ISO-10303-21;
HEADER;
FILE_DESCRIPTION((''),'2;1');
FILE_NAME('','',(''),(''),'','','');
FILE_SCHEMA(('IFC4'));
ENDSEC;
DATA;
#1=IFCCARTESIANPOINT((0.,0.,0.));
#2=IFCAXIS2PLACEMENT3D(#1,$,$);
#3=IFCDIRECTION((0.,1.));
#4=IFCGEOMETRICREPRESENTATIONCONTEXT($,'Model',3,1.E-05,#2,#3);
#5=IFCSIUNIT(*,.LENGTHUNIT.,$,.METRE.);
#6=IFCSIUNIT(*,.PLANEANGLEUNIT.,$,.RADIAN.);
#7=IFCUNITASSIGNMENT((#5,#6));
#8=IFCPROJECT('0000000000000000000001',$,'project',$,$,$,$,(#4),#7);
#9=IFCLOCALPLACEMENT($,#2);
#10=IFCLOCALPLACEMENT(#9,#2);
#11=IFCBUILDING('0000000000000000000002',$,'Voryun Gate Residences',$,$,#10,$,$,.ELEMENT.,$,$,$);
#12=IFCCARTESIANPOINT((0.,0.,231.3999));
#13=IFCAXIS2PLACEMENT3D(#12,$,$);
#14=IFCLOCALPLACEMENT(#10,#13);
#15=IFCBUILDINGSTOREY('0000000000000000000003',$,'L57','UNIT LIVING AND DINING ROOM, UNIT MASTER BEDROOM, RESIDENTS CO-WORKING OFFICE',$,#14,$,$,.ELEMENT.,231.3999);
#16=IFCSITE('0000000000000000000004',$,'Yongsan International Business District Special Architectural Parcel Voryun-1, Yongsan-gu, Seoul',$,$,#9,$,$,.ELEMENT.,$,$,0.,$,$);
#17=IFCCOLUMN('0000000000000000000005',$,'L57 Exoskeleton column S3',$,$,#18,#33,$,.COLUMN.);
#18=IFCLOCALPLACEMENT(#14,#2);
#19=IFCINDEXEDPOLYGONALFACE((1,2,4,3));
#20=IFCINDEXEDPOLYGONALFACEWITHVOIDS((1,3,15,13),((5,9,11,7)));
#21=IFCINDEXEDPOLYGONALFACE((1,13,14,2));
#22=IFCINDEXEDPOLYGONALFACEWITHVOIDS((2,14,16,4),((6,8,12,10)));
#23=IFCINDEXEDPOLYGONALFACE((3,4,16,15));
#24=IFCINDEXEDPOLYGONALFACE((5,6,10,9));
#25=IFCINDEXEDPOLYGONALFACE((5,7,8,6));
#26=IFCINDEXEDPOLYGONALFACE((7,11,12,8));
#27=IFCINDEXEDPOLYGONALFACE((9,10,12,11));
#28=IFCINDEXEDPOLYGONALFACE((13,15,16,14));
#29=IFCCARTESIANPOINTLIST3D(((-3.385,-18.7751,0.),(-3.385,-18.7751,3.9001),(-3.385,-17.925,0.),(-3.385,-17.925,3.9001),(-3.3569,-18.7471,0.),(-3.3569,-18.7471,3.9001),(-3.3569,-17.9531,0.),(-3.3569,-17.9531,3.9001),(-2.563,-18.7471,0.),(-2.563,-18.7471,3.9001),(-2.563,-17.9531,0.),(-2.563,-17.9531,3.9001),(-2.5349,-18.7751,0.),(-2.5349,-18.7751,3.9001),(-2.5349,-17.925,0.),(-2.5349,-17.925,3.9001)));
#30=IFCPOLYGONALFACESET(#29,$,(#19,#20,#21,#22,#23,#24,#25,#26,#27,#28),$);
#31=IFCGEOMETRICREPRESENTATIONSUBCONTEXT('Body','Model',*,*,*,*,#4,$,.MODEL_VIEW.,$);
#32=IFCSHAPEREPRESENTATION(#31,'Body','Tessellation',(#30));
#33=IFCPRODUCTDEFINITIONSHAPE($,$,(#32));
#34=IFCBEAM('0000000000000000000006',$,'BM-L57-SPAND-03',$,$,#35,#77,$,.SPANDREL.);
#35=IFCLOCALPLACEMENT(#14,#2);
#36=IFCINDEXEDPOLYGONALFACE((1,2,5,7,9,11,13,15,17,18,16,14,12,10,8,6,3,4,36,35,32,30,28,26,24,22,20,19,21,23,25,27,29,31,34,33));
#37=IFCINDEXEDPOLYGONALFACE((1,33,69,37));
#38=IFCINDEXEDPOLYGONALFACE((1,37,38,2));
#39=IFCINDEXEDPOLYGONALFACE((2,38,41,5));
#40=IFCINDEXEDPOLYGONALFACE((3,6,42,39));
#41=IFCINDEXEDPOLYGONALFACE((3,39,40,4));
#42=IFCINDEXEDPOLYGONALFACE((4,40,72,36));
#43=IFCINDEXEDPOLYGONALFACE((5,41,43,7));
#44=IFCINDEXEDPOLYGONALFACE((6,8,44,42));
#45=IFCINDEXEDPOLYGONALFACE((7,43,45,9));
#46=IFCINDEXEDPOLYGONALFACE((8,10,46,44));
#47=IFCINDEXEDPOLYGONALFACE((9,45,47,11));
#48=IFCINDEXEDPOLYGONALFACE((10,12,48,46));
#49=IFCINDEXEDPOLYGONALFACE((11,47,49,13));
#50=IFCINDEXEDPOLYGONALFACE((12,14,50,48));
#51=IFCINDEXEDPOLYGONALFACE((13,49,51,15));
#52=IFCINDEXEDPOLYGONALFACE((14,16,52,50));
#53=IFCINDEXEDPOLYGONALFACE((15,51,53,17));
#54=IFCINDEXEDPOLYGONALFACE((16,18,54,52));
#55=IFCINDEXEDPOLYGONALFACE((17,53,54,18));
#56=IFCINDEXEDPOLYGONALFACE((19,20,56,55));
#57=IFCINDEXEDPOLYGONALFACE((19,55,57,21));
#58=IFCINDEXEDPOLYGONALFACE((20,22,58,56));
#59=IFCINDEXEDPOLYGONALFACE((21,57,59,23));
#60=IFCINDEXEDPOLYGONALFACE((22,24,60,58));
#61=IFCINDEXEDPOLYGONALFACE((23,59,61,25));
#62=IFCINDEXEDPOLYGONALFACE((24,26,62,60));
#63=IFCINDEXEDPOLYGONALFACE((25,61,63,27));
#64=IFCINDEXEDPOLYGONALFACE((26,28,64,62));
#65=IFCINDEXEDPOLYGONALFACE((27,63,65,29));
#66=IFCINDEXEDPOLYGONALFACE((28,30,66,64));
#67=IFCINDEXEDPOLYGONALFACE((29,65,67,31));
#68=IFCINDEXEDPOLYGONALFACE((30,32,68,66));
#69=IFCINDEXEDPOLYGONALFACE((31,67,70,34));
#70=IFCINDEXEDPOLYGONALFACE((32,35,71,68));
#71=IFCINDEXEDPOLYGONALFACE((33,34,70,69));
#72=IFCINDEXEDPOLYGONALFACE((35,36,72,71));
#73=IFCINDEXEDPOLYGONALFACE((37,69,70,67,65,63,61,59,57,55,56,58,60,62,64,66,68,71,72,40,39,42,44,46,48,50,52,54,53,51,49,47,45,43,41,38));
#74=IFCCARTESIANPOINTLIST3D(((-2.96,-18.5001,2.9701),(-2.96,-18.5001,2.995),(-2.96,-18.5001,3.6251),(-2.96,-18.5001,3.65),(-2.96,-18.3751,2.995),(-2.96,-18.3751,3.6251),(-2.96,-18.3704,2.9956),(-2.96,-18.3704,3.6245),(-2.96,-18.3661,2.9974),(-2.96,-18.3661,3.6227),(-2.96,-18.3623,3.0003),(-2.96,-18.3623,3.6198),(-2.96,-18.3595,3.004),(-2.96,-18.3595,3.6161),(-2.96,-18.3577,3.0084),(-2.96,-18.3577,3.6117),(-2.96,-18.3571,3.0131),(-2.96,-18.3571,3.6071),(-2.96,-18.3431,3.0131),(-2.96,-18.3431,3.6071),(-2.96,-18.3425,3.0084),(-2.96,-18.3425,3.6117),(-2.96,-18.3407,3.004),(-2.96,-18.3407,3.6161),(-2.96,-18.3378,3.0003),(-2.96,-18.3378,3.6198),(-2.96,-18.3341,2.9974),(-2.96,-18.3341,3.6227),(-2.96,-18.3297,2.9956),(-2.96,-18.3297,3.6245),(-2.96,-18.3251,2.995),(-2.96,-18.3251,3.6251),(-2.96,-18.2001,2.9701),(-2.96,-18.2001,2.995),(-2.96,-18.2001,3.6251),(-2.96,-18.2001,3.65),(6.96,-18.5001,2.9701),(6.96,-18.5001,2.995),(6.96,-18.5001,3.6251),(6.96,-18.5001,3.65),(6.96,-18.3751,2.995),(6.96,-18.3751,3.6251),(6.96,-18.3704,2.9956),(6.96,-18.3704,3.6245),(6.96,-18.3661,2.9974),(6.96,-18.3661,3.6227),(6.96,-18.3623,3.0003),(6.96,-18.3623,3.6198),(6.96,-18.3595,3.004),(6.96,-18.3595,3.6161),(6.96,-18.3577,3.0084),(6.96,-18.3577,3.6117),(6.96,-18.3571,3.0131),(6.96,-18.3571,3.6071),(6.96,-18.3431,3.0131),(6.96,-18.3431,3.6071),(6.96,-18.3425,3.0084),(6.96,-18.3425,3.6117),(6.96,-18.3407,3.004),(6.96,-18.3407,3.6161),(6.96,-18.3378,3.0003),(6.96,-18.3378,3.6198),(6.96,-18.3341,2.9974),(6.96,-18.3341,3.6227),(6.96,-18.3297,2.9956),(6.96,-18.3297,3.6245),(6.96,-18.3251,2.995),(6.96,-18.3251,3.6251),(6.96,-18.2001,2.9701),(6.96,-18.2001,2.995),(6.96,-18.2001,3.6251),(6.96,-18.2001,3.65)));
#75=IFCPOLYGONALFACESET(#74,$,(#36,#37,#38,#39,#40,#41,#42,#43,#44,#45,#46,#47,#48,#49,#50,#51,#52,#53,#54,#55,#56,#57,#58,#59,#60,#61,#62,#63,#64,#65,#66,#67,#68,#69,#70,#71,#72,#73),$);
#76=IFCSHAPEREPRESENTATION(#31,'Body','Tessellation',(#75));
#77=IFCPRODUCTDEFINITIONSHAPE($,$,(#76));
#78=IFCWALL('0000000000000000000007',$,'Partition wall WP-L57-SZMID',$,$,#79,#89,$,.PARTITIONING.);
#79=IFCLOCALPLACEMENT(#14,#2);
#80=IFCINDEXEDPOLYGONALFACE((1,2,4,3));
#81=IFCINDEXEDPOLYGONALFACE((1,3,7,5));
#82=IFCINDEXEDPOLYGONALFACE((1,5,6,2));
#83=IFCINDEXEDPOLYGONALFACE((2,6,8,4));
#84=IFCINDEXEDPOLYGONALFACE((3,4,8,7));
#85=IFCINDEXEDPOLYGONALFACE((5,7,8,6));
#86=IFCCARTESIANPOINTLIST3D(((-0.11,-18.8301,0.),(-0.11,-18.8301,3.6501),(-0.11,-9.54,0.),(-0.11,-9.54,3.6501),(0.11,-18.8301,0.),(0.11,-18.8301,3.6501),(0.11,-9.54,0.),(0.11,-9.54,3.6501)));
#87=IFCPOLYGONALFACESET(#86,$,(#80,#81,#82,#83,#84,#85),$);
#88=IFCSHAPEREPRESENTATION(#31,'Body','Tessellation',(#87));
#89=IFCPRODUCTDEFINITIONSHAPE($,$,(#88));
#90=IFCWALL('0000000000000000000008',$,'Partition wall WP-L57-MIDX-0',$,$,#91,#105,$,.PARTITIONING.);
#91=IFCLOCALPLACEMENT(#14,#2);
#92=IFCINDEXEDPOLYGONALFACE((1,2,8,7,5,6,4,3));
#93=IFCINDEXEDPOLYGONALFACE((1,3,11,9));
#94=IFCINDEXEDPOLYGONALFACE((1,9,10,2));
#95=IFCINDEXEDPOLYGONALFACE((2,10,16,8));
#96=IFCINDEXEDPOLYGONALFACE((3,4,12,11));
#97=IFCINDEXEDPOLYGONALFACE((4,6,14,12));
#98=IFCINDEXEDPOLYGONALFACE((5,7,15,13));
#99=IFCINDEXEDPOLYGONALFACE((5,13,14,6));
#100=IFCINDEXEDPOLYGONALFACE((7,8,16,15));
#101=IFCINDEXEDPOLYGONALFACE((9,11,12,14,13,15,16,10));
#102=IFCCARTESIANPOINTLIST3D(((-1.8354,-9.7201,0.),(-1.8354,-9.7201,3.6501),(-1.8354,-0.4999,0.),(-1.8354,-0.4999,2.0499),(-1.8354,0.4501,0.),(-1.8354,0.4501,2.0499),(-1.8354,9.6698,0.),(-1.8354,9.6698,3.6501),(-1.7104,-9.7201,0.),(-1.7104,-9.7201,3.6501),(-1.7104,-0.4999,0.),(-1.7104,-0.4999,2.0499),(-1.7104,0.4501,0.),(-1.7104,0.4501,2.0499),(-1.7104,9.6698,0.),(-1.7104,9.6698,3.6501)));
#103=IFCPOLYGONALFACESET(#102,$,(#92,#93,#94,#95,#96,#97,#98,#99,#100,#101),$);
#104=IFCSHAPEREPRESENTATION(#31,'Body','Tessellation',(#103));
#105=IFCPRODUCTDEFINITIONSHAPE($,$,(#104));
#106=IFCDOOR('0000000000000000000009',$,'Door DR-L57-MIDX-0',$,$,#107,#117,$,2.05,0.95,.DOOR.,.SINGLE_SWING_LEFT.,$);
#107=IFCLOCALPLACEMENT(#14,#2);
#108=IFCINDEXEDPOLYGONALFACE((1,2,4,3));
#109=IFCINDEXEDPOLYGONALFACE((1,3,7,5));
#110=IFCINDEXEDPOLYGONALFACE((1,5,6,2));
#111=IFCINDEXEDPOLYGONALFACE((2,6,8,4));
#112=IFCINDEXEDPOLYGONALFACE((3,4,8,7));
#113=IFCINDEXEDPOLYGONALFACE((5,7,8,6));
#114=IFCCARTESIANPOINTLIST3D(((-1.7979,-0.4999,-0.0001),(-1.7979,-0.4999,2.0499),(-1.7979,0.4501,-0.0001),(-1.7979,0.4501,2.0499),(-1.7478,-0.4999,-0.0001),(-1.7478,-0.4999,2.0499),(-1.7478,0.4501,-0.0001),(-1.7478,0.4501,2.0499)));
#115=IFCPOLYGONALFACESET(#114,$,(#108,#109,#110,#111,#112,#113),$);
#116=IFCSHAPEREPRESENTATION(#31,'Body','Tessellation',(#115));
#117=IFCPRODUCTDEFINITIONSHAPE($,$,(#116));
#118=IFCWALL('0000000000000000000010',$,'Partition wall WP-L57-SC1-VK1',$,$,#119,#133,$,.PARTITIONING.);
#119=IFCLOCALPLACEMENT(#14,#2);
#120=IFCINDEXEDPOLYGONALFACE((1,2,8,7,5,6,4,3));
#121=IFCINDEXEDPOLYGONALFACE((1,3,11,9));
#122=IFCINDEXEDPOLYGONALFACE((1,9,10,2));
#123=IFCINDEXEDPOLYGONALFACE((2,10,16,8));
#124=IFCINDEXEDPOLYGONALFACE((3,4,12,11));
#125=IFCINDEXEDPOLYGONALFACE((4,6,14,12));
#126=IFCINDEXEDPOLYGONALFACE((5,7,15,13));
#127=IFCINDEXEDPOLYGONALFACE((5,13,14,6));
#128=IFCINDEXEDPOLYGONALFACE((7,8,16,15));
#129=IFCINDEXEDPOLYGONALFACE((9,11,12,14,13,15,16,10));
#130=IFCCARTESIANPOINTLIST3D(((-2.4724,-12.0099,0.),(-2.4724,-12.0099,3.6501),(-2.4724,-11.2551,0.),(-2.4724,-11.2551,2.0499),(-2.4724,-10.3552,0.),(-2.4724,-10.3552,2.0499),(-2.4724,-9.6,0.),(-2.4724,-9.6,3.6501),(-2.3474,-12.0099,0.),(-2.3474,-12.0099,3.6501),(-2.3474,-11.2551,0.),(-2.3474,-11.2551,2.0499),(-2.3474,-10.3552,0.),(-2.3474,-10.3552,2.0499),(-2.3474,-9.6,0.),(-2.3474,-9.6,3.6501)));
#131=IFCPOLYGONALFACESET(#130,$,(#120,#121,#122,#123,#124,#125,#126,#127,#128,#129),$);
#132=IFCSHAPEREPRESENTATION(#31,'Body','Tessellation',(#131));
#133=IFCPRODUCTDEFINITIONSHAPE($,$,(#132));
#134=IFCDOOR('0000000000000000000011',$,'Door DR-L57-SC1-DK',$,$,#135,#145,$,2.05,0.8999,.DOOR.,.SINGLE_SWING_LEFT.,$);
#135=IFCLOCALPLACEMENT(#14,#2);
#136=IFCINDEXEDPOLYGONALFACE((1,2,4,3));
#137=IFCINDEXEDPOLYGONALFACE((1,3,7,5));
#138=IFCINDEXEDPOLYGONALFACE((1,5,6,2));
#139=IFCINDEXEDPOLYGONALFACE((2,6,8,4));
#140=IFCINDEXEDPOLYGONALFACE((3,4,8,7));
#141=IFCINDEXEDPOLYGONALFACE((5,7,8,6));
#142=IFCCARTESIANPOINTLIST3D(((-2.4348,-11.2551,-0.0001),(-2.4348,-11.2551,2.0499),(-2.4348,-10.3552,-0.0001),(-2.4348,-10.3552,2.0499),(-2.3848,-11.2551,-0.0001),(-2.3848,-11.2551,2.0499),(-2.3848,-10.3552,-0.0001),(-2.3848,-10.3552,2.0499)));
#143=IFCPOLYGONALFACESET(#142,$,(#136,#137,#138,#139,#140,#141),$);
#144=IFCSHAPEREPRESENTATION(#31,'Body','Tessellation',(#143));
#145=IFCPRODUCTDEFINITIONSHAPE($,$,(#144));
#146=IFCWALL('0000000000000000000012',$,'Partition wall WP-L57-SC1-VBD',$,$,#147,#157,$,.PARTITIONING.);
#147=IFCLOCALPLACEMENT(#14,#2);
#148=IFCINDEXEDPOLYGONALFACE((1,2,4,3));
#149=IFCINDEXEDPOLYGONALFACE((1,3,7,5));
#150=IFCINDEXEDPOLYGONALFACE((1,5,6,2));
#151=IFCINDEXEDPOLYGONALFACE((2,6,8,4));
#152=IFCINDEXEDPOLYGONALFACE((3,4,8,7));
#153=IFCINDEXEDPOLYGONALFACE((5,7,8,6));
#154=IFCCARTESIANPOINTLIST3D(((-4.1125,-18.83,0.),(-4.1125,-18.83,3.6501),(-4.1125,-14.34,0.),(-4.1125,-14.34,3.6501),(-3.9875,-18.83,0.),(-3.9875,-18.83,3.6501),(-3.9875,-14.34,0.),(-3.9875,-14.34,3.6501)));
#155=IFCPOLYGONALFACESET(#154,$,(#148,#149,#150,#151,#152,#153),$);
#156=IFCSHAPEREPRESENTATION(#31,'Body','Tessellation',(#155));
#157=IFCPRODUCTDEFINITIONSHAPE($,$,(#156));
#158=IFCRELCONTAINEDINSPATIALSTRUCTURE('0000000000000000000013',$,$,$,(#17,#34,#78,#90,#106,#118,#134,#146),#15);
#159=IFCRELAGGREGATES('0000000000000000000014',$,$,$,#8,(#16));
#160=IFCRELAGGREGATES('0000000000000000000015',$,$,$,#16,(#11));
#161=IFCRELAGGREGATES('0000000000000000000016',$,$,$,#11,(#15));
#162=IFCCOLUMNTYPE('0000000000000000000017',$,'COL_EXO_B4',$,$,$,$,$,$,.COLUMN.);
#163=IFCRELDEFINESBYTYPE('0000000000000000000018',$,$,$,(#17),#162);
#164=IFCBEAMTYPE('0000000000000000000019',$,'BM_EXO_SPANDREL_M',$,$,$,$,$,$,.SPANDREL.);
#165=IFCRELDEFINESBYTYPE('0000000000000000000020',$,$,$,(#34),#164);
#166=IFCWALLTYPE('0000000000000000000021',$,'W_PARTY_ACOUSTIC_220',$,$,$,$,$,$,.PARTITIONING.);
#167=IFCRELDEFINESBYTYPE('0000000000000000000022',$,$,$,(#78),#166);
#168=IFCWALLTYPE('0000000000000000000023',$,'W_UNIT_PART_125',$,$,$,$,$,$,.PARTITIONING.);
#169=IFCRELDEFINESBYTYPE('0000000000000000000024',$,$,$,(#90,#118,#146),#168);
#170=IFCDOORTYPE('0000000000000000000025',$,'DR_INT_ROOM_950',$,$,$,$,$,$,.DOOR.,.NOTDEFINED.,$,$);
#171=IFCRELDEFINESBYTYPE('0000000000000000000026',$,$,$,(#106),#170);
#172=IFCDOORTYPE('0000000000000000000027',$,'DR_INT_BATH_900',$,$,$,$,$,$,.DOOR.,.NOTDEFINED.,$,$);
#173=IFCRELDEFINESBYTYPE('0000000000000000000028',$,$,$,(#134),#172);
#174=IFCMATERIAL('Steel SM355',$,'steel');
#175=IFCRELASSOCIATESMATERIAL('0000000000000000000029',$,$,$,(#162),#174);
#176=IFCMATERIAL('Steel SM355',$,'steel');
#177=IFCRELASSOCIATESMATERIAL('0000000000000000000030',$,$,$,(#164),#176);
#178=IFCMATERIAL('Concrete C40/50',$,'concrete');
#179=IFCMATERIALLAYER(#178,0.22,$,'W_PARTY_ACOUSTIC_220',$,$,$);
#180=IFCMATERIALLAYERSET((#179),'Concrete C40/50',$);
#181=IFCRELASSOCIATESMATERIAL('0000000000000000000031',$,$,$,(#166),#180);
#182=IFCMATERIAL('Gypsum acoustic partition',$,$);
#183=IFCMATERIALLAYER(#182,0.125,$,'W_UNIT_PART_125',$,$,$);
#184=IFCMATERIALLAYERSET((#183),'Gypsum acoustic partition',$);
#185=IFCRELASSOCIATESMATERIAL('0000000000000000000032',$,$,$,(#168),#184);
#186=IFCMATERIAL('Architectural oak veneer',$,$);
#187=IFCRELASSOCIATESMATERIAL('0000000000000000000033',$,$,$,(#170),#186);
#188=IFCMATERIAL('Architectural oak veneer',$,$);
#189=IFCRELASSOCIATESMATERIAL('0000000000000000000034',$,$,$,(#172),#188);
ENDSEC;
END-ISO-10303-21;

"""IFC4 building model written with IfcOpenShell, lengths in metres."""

from ifc_helpers import new_model, si_unit, direction, frame, frame_2d, origin, origin_2d, place, context, subcontext, project, spatial, rectangle, hollow_rectangle, i_section, extrude, material, layer, layer_set, material_profile, profile_set, type_object, element, fill, save


model = new_model("IFC4")

# Units and contexts
model_context = context("Model", 3, precision=1e-05, world=origin(), true_north=direction((0.0, 1.0)))
body_context = subcontext(model_context, "Body", "Model", "MODEL_VIEW")
ifc_project = project(units=[si_unit("LENGTHUNIT", "METRE"), si_unit("PLANEANGLEUNIT", "RADIAN")], contexts=[model_context])

# Site, building, storey
site_placement = place(None, origin())
site = spatial("IfcSite", under=ifc_project, at=site_placement, Name="Yongsan International Business District Special Architectural Parcel Voryun-1, Yongsan-gu, Seoul", CompositionType="ELEMENT", RefElevation=0.0)
building_placement = place(site_placement, origin())
building = spatial("IfcBuilding", under=site, at=building_placement, Name="Voryun Gate Residences", CompositionType="ELEMENT")
storey_placement = place(building_placement, frame((0.0, 0.0, 231.3999)))
storey = spatial("IfcBuildingStorey", under=building, at=storey_placement, Name="L57", Description="UNIT LIVING AND DINING ROOM, UNIT MASTER BEDROOM, RESIDENTS CO-WORKING OFFICE", CompositionType="ELEMENT", Elevation=231.3999)

# Column
ifc_material_1 = material(Name="Steel SM355", Category="steel")
ifc_material_profile_1 = material_profile(ifc_material_1, hollow_rectangle(XDim=0.8501, YDim=0.8501, WallThickness=0.0281, at=origin_2d()), Name="BOX-850x850x28")
ifc_profile_set_1 = profile_set([ifc_material_profile_1], Name="Steel SM355")
column_type = type_object("IfcColumnType", Name="COL_EXO_B4", PredefinedType="COLUMN", material=ifc_profile_set_1)
column_placement = place(storey_placement, frame((-2.96, -18.3501, 0.0), z_axis=(0.0, 0.0, 1.0), x_axis=(1.0, 0.0, 0.0)))
element("IfcColumn", 1, at=column_placement, inside=storey, type_object=column_type, Name="L57 Exoskeleton column S3", PredefinedType="COLUMN", context=body_context, shape_type="SweptSolid", body=[
    extrude(hollow_rectangle(XDim=0.8501, YDim=0.8501, WallThickness=0.0281, at=origin_2d()), origin(), (0.0, 0.0, 1.0), 3.9001),
])

# Beam
ifc_material_2 = material(Name="Steel SM355", Category="steel")
ifc_material_profile_2 = material_profile(ifc_material_2, i_section(OverallWidth=0.3, OverallDepth=0.6799, WebThickness=0.0139, FlangeThickness=0.0249, FilletRadius=0.0181, at=origin_2d()), Name="H-680x300x14x25")
ifc_profile_set_2 = profile_set([ifc_material_profile_2], Name="Steel SM355")
beam_type = type_object("IfcBeamType", Name="BM_EXO_SPANDREL_M", PredefinedType="SPANDREL", material=ifc_profile_set_2)
beam_placement = place(storey_placement, frame((-2.96, -18.3501, 3.3101), z_axis=(1.0, 0.0, 0.0), x_axis=(0.0, 1.0, 0.0)))
element("IfcBeam", 2, at=beam_placement, inside=storey, type_object=beam_type, Name="BM-L57-SPAND-03", PredefinedType="SPANDREL", context=body_context, shape_type="SweptSolid", body=[
    extrude(i_section(OverallWidth=0.3, OverallDepth=0.6799, WebThickness=0.0139, FlangeThickness=0.0249, FilletRadius=0.0181, at=origin_2d()), origin(), (0.0, 0.0, 1.0), 9.9199),
])

# Wall
ifc_material_3 = material(Name="Concrete C40/50", Category="concrete")
ifc_layer_1 = layer(ifc_material_3, 0.22, Name="W_PARTY_ACOUSTIC_220")
ifc_layer_set_1 = layer_set([ifc_layer_1], Name="Concrete C40/50")
wall_type_1 = type_object("IfcWallType", Name="W_PARTY_ACOUSTIC_220", PredefinedType="PARTITIONING", material=ifc_layer_set_1)
wall_1_placement = place(storey_placement, frame((0.0, -18.8301, 0.0), z_axis=(0.0, 0.0, 1.0), x_axis=(0.0, 1.0, 0.0)))
element("IfcWall", 3, at=wall_1_placement, inside=storey, type_object=wall_type_1, Name="Partition wall WP-L57-SZMID", PredefinedType="PARTITIONING", context=body_context, shape_type="SweptSolid", body=[
    extrude(rectangle(XDim=9.29, YDim=0.22, at=frame_2d((4.645, 0.0))), origin(), (0.0, 0.0, 1.0), 3.6501),
])

# Walls, openings, doors
ifc_material_4 = material(Name="Gypsum acoustic partition")
ifc_layer_2 = layer(ifc_material_4, 0.125, Name="W_UNIT_PART_125")
ifc_layer_set_2 = layer_set([ifc_layer_2], Name="Gypsum acoustic partition")
wall_type_2 = type_object("IfcWallType", Name="W_UNIT_PART_125", PredefinedType="PARTITIONING", material=ifc_layer_set_2)
wall_2_placement = place(storey_placement, frame((-1.7729, -9.72, 0.0), z_axis=(0.0, 0.0, 1.0), x_axis=(0.0, 1.0, 0.0)))
wall_2 = element("IfcWall", 4, at=wall_2_placement, inside=storey, type_object=wall_type_2, Name="Partition wall WP-L57-MIDX-0", PredefinedType="PARTITIONING", context=body_context, shape_type="SweptSolid", body=[
    extrude(rectangle(XDim=19.3899, YDim=0.125, at=frame_2d((9.6948, 0.0))), origin(), (0.0, 0.0, 1.0), 3.6501),
])
opening_1_placement = place(wall_2_placement, frame((9.22, 0.0, 0.0)))
opening_1 = element("IfcOpeningElement", 5, at=opening_1_placement, cuts=wall_2, PredefinedType="OPENING", context=body_context, shape_type="SweptSolid", body=[
    extrude(rectangle(XDim=0.95, YDim=2.05, at=frame_2d((0.4751, 1.0249))), frame((0.0, 0.0725, 0.0), z_axis=(0.0, -1.0, 0.0), x_axis=(1.0, 0.0, 0.0)), (0.0, 0.0, 1.0), 0.145),
])
ifc_material_5 = material(Name="Architectural oak veneer")
door_type_1 = type_object("IfcDoorType", Name="DR_INT_ROOM_950", OperationType="NOTDEFINED", PredefinedType="DOOR", material=ifc_material_5)
door_1_placement = place(opening_1_placement, origin())
door_1 = element("IfcDoor", 6, at=door_1_placement, inside=storey, type_object=door_type_1, Name="Door DR-L57-MIDX-0", OperationType="SINGLE_SWING_LEFT", OverallHeight=2.05, OverallWidth=0.95, PredefinedType="DOOR", context=body_context, shape_type="SweptSolid", body=[
    extrude(rectangle(XDim=0.95, YDim=2.05, at=frame_2d((0.4751, 1.0249))), frame((0.0, 0.0249, 0.0), z_axis=(0.0, -1.0, 0.0), x_axis=(1.0, 0.0, 0.0)), (0.0, 0.0, 1.0), 0.05),
])
fill(opening_1, door_1)
wall_3_placement = place(storey_placement, frame((-2.4099, -12.01, 0.0), z_axis=(0.0, 0.0, 1.0), x_axis=(0.0, 1.0, 0.0)))
wall_3 = element("IfcWall", 7, at=wall_3_placement, inside=storey, type_object=wall_type_2, Name="Partition wall WP-L57-SC1-VK1", PredefinedType="PARTITIONING", context=body_context, shape_type="SweptSolid", body=[
    extrude(rectangle(XDim=2.4099, YDim=0.125, at=frame_2d((1.2051, 0.0))), origin(), (0.0, 0.0, 1.0), 3.6501),
])
opening_2_placement = place(wall_3_placement, frame((0.7549, 0.0, 0.0)))
opening_2 = element("IfcOpeningElement", 8, at=opening_2_placement, cuts=wall_3, PredefinedType="OPENING", context=body_context, shape_type="SweptSolid", body=[
    extrude(rectangle(XDim=0.8999, YDim=2.05, at=frame_2d((0.45, 1.0249))), frame((0.0, 0.0725, 0.0), z_axis=(0.0, -1.0, 0.0), x_axis=(1.0, 0.0, 0.0)), (0.0, 0.0, 1.0), 0.145),
])
ifc_material_6 = material(Name="Architectural oak veneer")
door_type_2 = type_object("IfcDoorType", Name="DR_INT_BATH_900", OperationType="NOTDEFINED", PredefinedType="DOOR", material=ifc_material_6)
door_2_placement = place(opening_2_placement, origin())
door_2 = element("IfcDoor", 9, at=door_2_placement, inside=storey, type_object=door_type_2, Name="Door DR-L57-SC1-DK", OperationType="SINGLE_SWING_LEFT", OverallHeight=2.05, OverallWidth=0.8999, PredefinedType="DOOR", context=body_context, shape_type="SweptSolid", body=[
    extrude(rectangle(XDim=0.8999, YDim=2.05, at=frame_2d((0.45, 1.0249))), frame((0.0, 0.0249, 0.0), z_axis=(0.0, -1.0, 0.0), x_axis=(1.0, 0.0, 0.0)), (0.0, 0.0, 1.0), 0.05),
])
fill(opening_2, door_2)

# Wall
wall_4_placement = place(storey_placement, frame((-4.05, -18.8301, 0.0), z_axis=(0.0, 0.0, 1.0), x_axis=(0.0, 1.0, 0.0)))
element("IfcWall", 10, at=wall_4_placement, inside=storey, type_object=wall_type_2, Name="Partition wall WP-L57-SC1-VBD", PredefinedType="PARTITIONING", context=body_context, shape_type="SweptSolid", body=[
    extrude(rectangle(XDim=4.49, YDim=0.125, at=frame_2d((2.2451, 0.0))), origin(), (0.0, 0.0, 1.0), 3.6501),
])

save(model, "model.ifc")
